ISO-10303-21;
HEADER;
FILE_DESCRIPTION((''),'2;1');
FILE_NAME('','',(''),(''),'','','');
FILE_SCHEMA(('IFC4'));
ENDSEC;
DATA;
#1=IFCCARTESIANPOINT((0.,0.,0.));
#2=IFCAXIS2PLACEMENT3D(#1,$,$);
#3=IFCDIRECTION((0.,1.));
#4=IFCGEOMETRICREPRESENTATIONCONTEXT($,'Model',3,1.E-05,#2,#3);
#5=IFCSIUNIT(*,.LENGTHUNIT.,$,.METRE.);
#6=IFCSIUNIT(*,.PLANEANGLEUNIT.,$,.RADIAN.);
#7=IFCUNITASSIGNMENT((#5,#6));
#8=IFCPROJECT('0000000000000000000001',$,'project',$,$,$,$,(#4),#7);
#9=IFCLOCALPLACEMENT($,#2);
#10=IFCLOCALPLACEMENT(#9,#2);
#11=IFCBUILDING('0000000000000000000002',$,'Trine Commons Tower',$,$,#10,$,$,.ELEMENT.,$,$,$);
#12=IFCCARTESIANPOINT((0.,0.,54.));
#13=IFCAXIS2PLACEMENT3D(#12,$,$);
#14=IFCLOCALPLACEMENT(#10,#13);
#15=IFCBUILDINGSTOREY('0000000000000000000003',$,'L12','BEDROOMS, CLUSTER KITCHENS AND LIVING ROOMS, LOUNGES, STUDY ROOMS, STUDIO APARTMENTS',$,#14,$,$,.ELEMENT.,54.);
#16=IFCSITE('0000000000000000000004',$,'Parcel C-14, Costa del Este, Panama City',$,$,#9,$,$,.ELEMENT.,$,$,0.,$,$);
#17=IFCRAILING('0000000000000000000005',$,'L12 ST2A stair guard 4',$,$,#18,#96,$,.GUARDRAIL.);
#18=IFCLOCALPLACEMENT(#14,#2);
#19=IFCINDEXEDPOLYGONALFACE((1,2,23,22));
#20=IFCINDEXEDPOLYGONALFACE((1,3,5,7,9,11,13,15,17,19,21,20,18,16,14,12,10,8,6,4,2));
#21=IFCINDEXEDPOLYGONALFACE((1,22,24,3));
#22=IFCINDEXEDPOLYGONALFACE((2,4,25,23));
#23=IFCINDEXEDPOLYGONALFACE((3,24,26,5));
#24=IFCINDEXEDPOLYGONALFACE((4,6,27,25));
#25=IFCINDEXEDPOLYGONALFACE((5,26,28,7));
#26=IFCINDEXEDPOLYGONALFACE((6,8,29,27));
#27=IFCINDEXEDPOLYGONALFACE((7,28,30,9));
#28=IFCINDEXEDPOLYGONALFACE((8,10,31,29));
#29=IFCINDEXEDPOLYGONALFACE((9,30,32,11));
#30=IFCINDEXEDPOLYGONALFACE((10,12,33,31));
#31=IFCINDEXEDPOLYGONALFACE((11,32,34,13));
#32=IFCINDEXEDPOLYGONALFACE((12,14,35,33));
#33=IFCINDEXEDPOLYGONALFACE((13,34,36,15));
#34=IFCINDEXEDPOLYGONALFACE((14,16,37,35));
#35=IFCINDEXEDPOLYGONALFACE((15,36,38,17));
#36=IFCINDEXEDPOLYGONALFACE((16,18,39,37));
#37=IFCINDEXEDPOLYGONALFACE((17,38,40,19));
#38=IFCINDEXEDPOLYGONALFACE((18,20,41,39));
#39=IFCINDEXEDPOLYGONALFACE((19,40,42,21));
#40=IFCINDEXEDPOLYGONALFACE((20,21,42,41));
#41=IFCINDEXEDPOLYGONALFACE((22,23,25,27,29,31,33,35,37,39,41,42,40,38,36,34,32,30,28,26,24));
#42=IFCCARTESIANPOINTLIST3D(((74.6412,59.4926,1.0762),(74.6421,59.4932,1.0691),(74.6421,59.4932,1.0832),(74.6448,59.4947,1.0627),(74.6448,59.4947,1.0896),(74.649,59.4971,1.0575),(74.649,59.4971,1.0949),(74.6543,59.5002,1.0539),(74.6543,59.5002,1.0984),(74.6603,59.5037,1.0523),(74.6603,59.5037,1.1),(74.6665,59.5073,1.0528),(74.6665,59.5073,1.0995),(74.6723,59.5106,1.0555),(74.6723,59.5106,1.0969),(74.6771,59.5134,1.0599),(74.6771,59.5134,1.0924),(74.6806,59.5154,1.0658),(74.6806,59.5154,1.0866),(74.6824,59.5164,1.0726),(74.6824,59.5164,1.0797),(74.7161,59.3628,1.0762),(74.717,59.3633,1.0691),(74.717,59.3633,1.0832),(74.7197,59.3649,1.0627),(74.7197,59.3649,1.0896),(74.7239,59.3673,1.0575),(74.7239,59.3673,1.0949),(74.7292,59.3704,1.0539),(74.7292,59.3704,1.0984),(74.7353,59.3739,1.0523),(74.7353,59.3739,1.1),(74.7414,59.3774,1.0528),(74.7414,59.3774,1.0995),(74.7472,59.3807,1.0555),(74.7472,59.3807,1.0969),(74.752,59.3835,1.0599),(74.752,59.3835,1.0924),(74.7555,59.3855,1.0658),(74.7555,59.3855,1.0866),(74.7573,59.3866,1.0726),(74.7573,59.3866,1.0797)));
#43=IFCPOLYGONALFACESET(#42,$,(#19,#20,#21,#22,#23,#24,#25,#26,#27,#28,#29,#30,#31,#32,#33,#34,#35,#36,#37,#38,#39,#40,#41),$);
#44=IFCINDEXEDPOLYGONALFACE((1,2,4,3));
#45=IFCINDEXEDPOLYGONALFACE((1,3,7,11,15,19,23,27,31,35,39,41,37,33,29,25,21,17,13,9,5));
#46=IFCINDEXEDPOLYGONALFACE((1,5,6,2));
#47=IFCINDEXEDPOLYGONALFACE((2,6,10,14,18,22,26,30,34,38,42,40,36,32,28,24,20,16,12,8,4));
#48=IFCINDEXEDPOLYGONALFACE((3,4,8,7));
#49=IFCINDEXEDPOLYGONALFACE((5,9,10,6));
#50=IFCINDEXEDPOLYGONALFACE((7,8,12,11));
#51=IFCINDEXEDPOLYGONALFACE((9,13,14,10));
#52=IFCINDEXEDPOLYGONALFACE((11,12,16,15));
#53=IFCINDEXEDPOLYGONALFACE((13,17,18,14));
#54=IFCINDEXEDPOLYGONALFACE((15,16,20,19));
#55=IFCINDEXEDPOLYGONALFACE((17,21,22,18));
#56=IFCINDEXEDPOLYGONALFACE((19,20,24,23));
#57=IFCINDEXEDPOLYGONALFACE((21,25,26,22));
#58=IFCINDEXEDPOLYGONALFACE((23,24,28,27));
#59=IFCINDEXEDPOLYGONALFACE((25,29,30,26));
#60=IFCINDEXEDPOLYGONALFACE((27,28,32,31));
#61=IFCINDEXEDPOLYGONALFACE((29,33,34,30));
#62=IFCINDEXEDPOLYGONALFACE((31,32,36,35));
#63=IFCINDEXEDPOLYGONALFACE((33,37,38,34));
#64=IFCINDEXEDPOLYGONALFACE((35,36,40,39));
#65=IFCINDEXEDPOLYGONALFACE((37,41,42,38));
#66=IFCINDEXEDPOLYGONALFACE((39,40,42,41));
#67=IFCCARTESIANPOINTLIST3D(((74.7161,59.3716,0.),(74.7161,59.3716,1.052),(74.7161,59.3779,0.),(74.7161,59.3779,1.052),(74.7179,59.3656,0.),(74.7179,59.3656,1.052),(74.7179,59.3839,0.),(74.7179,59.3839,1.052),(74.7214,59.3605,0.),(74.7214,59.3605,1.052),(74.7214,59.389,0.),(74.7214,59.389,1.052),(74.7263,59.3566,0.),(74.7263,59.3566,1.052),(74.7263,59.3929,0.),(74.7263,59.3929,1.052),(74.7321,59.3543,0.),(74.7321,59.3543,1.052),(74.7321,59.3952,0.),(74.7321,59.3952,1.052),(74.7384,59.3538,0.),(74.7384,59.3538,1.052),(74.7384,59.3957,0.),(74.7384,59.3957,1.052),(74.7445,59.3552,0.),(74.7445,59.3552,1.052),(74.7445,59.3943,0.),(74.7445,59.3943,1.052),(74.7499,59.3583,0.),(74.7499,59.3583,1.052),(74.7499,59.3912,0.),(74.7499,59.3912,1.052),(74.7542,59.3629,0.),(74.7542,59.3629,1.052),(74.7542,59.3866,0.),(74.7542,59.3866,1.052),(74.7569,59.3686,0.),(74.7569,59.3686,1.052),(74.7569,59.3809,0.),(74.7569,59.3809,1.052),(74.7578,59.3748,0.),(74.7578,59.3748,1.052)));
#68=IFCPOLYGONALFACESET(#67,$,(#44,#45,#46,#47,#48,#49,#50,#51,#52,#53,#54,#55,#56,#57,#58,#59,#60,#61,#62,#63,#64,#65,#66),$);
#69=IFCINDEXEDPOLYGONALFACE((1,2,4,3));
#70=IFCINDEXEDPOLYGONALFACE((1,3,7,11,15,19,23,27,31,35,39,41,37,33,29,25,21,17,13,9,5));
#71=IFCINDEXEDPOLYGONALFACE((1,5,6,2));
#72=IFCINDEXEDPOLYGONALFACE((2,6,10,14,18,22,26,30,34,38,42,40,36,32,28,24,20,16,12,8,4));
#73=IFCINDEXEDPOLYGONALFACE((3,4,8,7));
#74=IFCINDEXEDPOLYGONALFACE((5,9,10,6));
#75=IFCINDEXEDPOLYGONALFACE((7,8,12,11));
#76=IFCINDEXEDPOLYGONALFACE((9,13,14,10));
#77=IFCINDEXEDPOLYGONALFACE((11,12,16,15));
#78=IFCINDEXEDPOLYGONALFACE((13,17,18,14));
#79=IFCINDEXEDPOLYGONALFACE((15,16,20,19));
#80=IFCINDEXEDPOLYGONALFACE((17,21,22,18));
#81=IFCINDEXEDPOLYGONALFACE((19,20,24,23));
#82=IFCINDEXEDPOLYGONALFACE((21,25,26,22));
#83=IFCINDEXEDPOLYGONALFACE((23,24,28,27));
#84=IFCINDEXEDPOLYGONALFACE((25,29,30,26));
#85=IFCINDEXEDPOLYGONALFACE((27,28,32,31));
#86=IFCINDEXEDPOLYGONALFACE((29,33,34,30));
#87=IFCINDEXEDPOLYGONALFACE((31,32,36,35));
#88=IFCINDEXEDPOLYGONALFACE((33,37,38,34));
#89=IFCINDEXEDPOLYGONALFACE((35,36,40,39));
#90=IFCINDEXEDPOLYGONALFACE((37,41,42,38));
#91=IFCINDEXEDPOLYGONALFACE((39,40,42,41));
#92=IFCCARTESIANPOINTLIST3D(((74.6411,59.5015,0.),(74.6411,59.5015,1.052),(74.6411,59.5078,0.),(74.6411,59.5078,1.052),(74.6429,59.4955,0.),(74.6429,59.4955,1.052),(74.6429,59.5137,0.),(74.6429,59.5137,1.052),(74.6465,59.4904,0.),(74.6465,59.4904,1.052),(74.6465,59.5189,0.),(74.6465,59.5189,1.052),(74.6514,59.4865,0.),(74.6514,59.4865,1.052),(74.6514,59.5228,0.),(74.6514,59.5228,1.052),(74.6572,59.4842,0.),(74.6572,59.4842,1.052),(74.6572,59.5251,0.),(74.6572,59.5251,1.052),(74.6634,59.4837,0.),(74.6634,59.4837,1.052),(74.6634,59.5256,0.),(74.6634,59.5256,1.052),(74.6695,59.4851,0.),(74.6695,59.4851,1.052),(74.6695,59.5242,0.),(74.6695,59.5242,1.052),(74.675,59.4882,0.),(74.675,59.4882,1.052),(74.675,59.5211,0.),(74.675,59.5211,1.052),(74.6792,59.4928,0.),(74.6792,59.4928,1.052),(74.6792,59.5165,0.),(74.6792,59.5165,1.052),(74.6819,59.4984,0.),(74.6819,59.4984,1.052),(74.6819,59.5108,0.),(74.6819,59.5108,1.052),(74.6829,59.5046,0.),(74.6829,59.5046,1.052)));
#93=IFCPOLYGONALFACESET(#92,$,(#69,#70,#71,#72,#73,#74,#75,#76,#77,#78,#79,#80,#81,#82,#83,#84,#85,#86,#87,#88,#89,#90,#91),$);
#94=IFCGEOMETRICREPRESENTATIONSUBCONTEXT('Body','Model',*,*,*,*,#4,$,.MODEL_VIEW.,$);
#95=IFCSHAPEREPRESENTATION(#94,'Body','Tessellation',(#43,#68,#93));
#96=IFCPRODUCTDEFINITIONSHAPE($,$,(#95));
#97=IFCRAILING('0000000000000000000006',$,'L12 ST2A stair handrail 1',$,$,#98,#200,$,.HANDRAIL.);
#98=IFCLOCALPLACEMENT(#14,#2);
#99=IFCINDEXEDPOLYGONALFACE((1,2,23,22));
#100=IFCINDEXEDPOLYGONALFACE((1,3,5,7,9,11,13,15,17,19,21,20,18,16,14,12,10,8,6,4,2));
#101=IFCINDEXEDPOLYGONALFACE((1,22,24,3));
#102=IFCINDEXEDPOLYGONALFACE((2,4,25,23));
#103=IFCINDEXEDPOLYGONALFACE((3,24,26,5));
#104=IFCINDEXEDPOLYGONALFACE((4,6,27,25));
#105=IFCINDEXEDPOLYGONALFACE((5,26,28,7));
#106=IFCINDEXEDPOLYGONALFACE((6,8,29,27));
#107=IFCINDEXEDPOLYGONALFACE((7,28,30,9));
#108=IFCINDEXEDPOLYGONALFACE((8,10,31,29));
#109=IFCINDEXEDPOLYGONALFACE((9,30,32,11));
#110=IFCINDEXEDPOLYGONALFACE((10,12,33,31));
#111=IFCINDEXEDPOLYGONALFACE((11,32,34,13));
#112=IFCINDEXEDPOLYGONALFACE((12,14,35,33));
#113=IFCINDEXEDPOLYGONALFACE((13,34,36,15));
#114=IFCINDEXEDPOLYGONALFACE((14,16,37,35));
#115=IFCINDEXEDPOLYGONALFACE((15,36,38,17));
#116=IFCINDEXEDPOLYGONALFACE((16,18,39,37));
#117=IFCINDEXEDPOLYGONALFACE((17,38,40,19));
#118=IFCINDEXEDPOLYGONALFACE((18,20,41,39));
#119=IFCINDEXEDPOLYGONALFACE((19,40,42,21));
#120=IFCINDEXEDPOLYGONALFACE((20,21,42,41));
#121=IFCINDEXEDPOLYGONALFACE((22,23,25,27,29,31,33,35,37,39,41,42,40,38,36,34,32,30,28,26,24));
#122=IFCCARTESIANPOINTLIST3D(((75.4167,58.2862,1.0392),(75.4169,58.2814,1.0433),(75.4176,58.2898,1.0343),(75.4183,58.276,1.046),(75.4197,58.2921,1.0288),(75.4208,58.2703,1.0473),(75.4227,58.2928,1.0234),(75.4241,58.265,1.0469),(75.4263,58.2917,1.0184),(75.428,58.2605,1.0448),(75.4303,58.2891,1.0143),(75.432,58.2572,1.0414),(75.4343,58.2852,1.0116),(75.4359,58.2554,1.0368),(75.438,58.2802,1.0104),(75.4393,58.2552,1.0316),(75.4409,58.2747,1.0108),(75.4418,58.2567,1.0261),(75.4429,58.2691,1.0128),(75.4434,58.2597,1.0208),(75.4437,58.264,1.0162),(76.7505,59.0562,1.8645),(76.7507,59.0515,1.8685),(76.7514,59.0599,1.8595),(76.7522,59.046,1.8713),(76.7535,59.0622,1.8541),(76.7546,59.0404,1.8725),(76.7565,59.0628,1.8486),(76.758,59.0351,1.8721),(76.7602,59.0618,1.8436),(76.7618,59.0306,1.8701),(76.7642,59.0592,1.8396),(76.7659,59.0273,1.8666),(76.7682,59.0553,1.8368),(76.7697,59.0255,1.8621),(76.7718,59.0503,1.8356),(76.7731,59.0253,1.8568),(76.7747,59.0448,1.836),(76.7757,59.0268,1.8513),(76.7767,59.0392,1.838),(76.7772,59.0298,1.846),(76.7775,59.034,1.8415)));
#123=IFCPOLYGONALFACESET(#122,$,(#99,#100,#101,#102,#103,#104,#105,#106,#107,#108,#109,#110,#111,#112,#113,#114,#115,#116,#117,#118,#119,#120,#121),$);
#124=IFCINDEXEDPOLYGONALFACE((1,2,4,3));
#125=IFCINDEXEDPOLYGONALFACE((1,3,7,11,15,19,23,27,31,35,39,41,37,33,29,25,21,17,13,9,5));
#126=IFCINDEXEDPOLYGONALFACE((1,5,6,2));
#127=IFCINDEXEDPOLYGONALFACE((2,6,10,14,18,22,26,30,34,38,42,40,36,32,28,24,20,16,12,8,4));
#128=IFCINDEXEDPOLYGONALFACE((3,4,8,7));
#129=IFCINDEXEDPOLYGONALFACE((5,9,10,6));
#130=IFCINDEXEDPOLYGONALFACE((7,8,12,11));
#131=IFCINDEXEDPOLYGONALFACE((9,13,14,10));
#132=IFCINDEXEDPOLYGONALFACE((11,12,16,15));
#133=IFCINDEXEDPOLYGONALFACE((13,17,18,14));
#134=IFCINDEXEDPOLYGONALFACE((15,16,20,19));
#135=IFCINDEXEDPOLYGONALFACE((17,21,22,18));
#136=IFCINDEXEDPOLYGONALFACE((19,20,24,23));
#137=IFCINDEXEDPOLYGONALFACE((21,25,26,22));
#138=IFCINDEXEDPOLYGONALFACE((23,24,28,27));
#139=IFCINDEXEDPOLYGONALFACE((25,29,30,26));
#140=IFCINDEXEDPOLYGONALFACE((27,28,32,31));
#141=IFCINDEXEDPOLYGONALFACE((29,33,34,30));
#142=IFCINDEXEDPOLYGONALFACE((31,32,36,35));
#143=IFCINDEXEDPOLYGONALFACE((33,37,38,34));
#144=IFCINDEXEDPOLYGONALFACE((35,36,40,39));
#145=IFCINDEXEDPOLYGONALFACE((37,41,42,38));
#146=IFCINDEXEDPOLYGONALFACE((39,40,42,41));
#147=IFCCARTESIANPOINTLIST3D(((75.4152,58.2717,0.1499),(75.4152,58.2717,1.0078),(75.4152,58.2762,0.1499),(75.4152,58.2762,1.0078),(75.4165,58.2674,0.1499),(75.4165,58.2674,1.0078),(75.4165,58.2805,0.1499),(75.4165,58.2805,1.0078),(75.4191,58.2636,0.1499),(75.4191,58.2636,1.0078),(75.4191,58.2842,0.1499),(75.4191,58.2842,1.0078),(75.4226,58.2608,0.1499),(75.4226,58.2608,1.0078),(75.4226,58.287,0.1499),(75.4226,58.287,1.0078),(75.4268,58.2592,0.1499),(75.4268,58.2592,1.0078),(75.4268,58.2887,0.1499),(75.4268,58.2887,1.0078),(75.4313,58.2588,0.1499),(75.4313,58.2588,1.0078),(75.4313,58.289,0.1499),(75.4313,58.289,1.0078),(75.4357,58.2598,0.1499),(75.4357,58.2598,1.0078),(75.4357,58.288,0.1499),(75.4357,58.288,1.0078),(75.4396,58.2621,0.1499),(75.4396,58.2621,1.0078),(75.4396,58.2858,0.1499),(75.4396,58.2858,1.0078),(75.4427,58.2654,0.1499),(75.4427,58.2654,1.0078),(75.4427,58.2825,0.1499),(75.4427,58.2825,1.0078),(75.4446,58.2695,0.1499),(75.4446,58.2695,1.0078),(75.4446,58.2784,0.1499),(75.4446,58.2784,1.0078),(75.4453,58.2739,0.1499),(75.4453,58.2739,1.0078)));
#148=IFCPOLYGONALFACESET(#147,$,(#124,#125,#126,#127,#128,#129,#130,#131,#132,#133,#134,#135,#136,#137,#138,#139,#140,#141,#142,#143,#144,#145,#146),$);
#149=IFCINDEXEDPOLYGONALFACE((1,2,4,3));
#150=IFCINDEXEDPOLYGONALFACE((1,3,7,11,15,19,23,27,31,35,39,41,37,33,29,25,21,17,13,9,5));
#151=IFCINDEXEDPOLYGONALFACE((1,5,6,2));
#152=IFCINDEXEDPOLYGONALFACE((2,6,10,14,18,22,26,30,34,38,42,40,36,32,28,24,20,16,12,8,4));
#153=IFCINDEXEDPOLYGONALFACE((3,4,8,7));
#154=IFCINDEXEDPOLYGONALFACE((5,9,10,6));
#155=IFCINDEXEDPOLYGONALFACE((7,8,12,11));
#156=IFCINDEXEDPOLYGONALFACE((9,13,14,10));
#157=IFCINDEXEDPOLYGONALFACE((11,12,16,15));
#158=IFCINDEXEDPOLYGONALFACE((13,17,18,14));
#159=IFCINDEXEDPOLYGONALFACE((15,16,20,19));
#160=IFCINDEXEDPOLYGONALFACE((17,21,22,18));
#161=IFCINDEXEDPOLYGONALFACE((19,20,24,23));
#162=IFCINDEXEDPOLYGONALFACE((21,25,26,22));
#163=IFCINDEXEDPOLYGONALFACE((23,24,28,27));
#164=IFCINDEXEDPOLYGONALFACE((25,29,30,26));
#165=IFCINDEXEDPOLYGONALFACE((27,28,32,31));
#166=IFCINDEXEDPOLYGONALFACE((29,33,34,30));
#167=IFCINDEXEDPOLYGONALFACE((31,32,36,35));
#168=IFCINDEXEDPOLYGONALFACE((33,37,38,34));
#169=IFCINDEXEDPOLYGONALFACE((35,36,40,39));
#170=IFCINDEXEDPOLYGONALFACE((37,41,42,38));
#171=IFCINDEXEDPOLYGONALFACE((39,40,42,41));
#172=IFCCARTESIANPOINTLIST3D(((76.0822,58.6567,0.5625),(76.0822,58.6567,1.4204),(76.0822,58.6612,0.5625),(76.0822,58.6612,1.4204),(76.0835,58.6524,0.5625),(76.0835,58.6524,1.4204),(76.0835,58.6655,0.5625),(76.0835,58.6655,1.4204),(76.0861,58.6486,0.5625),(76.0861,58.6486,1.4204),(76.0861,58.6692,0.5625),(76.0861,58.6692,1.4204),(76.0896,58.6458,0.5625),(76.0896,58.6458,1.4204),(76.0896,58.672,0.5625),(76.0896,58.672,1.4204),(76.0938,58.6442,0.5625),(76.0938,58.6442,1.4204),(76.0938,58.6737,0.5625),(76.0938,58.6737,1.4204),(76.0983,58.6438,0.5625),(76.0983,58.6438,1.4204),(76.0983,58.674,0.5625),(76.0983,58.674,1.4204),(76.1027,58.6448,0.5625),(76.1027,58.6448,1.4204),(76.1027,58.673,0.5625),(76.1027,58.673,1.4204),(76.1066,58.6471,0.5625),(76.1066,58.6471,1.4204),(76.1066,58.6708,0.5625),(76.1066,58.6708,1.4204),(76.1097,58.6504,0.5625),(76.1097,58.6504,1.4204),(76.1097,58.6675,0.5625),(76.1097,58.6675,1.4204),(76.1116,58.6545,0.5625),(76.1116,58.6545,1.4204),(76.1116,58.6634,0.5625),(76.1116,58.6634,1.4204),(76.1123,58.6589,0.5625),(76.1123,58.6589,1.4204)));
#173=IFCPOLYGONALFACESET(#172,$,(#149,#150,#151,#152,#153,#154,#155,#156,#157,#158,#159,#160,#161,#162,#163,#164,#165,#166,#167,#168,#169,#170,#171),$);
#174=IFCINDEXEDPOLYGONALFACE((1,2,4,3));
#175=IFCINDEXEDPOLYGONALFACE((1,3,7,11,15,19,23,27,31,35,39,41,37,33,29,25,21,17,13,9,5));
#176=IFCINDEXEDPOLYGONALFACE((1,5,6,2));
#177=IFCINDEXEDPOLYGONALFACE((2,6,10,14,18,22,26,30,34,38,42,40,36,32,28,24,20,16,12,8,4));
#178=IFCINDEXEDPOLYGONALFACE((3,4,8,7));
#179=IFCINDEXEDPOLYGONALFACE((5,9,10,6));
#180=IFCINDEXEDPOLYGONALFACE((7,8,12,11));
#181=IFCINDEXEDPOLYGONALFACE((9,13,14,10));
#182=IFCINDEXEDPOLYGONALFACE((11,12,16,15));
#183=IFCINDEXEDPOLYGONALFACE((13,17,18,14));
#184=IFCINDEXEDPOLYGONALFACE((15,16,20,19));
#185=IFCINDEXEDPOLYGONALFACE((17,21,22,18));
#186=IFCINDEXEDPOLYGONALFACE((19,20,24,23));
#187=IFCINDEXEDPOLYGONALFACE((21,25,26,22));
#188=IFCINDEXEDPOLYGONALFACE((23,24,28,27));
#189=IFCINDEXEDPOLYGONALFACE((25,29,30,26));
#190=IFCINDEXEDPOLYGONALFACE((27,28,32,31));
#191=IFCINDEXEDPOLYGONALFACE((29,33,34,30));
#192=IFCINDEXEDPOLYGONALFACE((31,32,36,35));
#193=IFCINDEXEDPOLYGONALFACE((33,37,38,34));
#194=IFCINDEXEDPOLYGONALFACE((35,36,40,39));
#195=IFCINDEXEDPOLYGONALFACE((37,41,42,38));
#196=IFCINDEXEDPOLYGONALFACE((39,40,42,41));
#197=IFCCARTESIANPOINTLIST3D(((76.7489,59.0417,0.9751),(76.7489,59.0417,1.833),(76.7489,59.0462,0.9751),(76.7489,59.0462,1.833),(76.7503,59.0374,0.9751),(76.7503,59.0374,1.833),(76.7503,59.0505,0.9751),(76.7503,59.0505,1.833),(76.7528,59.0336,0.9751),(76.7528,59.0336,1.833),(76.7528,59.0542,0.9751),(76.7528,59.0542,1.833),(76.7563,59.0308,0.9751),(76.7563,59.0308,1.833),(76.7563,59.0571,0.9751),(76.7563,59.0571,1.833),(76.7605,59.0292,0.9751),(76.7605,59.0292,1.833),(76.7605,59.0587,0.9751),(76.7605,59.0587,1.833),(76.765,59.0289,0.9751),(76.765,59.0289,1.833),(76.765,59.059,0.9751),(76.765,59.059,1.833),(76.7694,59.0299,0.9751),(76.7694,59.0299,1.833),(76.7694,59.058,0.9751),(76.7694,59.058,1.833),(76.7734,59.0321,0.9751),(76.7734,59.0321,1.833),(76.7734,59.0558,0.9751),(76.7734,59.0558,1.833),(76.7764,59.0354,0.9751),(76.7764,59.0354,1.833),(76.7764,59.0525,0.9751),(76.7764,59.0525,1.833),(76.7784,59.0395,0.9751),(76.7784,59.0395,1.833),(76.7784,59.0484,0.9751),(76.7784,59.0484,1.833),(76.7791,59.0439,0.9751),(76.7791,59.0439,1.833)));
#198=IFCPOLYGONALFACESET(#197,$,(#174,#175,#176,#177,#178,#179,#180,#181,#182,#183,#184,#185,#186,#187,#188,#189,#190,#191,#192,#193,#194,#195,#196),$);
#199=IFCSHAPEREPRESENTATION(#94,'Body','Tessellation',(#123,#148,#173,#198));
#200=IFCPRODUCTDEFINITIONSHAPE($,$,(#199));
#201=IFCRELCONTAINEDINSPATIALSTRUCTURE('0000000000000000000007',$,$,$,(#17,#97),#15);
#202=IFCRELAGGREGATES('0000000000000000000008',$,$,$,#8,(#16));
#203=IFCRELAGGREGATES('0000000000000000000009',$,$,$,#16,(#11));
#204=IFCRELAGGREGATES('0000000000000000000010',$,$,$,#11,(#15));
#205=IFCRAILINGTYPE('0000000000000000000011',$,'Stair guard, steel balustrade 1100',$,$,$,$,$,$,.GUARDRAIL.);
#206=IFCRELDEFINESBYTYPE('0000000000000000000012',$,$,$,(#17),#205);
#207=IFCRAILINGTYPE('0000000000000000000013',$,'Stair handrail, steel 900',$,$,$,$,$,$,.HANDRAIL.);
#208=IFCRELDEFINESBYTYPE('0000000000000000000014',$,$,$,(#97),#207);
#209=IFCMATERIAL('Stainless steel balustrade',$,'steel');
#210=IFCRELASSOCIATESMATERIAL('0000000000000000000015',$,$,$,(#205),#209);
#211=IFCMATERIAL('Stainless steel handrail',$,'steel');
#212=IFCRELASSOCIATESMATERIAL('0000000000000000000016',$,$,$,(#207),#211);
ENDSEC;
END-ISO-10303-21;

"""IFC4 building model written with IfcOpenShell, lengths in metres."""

from ifc_helpers import new_model, si_unit, direction, frame, origin, origin_2d, place, context, subcontext, project, spatial, circle, extrude, material, type_object, element, save


model = new_model("IFC4")

# Units and contexts
model_context = context("Model", 3, precision=1e-05, world=origin(), true_north=direction((0.0, 1.0)))
body_context = subcontext(model_context, "Body", "Model", "MODEL_VIEW")
ifc_project = project(units=[si_unit("LENGTHUNIT", "METRE"), si_unit("PLANEANGLEUNIT", "RADIAN")], contexts=[model_context])

# Site, building, storey
site_placement = place(None, origin())
site = spatial("IfcSite", under=ifc_project, at=site_placement, Name="Parcel C-14, Costa del Este, Panama City", CompositionType="ELEMENT", RefElevation=0.0)
building_placement = place(site_placement, origin())
building = spatial("IfcBuilding", under=site, at=building_placement, Name="Trine Commons Tower", CompositionType="ELEMENT")
storey_placement = place(building_placement, frame((0.0, 0.0, 54.0)))
storey = spatial("IfcBuildingStorey", under=building, at=storey_placement, Name="L12", Description="BEDROOMS, CLUSTER KITCHENS AND LIVING ROOMS, LOUNGES, STUDY ROOMS, STUDIO APARTMENTS", CompositionType="ELEMENT", Elevation=54.0)

# Railings
ifc_material_1 = material(Name="Stainless steel balustrade", Category="steel")
railing_type_1 = type_object("IfcRailingType", Name="Stair guard, steel balustrade 1100", PredefinedType="GUARDRAIL", material=ifc_material_1)
railing_1_placement = place(storey_placement, frame((74.7368, 59.3748, 0.0)))
element("IfcRailing", 1, at=railing_1_placement, inside=storey, type_object=railing_type_1, Name="L12 ST2A stair guard 4", PredefinedType="GUARDRAIL", context=body_context, shape_type="SweptSolid", body=[
    extrude(circle(Radius=0.0239, at=origin_2d()), frame((0.0, 0.0, 1.0762), z_axis=(-0.499816, 0.866131, 0.0), x_axis=(-0.866131, -0.499816, 0.0)), (0.0, 0.0, 1.0), 0.1499),
    extrude(circle(Radius=0.021, at=origin_2d()), origin(), (0.0, 0.0, 1.0), 1.052),
    extrude(circle(Radius=0.021, at=origin_2d()), frame((-0.075, 0.1299, 0.0)), (0.0, 0.0, 1.0), 1.052),
])
ifc_material_2 = material(Name="Stainless steel handrail", Category="steel")
railing_type_2 = type_object("IfcRailingType", Name="Stair handrail, steel 900", PredefinedType="HANDRAIL", material=ifc_material_2)
railing_2_placement = place(storey_placement, frame((75.4302, 58.2739, 0.1499)))
element("IfcRailing", 2, at=railing_2_placement, inside=storey, type_object=railing_type_2, Name="L12 ST2A stair handrail 1", PredefinedType="HANDRAIL", context=body_context, shape_type="SweptSolid", body=[
    extrude(circle(Radius=0.021, at=origin_2d()), frame((0.0, 0.0, 0.8789), z_axis=(0.763355, 0.440714, 0.472293), x_axis=(-0.499992, 0.86603, 0.0)), (0.0, 0.0, 1.0), 1.7473),
    extrude(circle(Radius=0.0151, at=origin_2d()), origin(), (0.0, 0.0, 1.0), 0.8579),
    extrude(circle(Radius=0.0151, at=origin_2d()), frame((0.667, 0.385, 0.4126)), (0.0, 0.0, 1.0), 0.8579),
    extrude(circle(Radius=0.0151, at=origin_2d()), frame((1.3337, 0.77, 0.8252)), (0.0, 0.0, 1.0), 0.8579),
])

save(model, "model.ifc")
